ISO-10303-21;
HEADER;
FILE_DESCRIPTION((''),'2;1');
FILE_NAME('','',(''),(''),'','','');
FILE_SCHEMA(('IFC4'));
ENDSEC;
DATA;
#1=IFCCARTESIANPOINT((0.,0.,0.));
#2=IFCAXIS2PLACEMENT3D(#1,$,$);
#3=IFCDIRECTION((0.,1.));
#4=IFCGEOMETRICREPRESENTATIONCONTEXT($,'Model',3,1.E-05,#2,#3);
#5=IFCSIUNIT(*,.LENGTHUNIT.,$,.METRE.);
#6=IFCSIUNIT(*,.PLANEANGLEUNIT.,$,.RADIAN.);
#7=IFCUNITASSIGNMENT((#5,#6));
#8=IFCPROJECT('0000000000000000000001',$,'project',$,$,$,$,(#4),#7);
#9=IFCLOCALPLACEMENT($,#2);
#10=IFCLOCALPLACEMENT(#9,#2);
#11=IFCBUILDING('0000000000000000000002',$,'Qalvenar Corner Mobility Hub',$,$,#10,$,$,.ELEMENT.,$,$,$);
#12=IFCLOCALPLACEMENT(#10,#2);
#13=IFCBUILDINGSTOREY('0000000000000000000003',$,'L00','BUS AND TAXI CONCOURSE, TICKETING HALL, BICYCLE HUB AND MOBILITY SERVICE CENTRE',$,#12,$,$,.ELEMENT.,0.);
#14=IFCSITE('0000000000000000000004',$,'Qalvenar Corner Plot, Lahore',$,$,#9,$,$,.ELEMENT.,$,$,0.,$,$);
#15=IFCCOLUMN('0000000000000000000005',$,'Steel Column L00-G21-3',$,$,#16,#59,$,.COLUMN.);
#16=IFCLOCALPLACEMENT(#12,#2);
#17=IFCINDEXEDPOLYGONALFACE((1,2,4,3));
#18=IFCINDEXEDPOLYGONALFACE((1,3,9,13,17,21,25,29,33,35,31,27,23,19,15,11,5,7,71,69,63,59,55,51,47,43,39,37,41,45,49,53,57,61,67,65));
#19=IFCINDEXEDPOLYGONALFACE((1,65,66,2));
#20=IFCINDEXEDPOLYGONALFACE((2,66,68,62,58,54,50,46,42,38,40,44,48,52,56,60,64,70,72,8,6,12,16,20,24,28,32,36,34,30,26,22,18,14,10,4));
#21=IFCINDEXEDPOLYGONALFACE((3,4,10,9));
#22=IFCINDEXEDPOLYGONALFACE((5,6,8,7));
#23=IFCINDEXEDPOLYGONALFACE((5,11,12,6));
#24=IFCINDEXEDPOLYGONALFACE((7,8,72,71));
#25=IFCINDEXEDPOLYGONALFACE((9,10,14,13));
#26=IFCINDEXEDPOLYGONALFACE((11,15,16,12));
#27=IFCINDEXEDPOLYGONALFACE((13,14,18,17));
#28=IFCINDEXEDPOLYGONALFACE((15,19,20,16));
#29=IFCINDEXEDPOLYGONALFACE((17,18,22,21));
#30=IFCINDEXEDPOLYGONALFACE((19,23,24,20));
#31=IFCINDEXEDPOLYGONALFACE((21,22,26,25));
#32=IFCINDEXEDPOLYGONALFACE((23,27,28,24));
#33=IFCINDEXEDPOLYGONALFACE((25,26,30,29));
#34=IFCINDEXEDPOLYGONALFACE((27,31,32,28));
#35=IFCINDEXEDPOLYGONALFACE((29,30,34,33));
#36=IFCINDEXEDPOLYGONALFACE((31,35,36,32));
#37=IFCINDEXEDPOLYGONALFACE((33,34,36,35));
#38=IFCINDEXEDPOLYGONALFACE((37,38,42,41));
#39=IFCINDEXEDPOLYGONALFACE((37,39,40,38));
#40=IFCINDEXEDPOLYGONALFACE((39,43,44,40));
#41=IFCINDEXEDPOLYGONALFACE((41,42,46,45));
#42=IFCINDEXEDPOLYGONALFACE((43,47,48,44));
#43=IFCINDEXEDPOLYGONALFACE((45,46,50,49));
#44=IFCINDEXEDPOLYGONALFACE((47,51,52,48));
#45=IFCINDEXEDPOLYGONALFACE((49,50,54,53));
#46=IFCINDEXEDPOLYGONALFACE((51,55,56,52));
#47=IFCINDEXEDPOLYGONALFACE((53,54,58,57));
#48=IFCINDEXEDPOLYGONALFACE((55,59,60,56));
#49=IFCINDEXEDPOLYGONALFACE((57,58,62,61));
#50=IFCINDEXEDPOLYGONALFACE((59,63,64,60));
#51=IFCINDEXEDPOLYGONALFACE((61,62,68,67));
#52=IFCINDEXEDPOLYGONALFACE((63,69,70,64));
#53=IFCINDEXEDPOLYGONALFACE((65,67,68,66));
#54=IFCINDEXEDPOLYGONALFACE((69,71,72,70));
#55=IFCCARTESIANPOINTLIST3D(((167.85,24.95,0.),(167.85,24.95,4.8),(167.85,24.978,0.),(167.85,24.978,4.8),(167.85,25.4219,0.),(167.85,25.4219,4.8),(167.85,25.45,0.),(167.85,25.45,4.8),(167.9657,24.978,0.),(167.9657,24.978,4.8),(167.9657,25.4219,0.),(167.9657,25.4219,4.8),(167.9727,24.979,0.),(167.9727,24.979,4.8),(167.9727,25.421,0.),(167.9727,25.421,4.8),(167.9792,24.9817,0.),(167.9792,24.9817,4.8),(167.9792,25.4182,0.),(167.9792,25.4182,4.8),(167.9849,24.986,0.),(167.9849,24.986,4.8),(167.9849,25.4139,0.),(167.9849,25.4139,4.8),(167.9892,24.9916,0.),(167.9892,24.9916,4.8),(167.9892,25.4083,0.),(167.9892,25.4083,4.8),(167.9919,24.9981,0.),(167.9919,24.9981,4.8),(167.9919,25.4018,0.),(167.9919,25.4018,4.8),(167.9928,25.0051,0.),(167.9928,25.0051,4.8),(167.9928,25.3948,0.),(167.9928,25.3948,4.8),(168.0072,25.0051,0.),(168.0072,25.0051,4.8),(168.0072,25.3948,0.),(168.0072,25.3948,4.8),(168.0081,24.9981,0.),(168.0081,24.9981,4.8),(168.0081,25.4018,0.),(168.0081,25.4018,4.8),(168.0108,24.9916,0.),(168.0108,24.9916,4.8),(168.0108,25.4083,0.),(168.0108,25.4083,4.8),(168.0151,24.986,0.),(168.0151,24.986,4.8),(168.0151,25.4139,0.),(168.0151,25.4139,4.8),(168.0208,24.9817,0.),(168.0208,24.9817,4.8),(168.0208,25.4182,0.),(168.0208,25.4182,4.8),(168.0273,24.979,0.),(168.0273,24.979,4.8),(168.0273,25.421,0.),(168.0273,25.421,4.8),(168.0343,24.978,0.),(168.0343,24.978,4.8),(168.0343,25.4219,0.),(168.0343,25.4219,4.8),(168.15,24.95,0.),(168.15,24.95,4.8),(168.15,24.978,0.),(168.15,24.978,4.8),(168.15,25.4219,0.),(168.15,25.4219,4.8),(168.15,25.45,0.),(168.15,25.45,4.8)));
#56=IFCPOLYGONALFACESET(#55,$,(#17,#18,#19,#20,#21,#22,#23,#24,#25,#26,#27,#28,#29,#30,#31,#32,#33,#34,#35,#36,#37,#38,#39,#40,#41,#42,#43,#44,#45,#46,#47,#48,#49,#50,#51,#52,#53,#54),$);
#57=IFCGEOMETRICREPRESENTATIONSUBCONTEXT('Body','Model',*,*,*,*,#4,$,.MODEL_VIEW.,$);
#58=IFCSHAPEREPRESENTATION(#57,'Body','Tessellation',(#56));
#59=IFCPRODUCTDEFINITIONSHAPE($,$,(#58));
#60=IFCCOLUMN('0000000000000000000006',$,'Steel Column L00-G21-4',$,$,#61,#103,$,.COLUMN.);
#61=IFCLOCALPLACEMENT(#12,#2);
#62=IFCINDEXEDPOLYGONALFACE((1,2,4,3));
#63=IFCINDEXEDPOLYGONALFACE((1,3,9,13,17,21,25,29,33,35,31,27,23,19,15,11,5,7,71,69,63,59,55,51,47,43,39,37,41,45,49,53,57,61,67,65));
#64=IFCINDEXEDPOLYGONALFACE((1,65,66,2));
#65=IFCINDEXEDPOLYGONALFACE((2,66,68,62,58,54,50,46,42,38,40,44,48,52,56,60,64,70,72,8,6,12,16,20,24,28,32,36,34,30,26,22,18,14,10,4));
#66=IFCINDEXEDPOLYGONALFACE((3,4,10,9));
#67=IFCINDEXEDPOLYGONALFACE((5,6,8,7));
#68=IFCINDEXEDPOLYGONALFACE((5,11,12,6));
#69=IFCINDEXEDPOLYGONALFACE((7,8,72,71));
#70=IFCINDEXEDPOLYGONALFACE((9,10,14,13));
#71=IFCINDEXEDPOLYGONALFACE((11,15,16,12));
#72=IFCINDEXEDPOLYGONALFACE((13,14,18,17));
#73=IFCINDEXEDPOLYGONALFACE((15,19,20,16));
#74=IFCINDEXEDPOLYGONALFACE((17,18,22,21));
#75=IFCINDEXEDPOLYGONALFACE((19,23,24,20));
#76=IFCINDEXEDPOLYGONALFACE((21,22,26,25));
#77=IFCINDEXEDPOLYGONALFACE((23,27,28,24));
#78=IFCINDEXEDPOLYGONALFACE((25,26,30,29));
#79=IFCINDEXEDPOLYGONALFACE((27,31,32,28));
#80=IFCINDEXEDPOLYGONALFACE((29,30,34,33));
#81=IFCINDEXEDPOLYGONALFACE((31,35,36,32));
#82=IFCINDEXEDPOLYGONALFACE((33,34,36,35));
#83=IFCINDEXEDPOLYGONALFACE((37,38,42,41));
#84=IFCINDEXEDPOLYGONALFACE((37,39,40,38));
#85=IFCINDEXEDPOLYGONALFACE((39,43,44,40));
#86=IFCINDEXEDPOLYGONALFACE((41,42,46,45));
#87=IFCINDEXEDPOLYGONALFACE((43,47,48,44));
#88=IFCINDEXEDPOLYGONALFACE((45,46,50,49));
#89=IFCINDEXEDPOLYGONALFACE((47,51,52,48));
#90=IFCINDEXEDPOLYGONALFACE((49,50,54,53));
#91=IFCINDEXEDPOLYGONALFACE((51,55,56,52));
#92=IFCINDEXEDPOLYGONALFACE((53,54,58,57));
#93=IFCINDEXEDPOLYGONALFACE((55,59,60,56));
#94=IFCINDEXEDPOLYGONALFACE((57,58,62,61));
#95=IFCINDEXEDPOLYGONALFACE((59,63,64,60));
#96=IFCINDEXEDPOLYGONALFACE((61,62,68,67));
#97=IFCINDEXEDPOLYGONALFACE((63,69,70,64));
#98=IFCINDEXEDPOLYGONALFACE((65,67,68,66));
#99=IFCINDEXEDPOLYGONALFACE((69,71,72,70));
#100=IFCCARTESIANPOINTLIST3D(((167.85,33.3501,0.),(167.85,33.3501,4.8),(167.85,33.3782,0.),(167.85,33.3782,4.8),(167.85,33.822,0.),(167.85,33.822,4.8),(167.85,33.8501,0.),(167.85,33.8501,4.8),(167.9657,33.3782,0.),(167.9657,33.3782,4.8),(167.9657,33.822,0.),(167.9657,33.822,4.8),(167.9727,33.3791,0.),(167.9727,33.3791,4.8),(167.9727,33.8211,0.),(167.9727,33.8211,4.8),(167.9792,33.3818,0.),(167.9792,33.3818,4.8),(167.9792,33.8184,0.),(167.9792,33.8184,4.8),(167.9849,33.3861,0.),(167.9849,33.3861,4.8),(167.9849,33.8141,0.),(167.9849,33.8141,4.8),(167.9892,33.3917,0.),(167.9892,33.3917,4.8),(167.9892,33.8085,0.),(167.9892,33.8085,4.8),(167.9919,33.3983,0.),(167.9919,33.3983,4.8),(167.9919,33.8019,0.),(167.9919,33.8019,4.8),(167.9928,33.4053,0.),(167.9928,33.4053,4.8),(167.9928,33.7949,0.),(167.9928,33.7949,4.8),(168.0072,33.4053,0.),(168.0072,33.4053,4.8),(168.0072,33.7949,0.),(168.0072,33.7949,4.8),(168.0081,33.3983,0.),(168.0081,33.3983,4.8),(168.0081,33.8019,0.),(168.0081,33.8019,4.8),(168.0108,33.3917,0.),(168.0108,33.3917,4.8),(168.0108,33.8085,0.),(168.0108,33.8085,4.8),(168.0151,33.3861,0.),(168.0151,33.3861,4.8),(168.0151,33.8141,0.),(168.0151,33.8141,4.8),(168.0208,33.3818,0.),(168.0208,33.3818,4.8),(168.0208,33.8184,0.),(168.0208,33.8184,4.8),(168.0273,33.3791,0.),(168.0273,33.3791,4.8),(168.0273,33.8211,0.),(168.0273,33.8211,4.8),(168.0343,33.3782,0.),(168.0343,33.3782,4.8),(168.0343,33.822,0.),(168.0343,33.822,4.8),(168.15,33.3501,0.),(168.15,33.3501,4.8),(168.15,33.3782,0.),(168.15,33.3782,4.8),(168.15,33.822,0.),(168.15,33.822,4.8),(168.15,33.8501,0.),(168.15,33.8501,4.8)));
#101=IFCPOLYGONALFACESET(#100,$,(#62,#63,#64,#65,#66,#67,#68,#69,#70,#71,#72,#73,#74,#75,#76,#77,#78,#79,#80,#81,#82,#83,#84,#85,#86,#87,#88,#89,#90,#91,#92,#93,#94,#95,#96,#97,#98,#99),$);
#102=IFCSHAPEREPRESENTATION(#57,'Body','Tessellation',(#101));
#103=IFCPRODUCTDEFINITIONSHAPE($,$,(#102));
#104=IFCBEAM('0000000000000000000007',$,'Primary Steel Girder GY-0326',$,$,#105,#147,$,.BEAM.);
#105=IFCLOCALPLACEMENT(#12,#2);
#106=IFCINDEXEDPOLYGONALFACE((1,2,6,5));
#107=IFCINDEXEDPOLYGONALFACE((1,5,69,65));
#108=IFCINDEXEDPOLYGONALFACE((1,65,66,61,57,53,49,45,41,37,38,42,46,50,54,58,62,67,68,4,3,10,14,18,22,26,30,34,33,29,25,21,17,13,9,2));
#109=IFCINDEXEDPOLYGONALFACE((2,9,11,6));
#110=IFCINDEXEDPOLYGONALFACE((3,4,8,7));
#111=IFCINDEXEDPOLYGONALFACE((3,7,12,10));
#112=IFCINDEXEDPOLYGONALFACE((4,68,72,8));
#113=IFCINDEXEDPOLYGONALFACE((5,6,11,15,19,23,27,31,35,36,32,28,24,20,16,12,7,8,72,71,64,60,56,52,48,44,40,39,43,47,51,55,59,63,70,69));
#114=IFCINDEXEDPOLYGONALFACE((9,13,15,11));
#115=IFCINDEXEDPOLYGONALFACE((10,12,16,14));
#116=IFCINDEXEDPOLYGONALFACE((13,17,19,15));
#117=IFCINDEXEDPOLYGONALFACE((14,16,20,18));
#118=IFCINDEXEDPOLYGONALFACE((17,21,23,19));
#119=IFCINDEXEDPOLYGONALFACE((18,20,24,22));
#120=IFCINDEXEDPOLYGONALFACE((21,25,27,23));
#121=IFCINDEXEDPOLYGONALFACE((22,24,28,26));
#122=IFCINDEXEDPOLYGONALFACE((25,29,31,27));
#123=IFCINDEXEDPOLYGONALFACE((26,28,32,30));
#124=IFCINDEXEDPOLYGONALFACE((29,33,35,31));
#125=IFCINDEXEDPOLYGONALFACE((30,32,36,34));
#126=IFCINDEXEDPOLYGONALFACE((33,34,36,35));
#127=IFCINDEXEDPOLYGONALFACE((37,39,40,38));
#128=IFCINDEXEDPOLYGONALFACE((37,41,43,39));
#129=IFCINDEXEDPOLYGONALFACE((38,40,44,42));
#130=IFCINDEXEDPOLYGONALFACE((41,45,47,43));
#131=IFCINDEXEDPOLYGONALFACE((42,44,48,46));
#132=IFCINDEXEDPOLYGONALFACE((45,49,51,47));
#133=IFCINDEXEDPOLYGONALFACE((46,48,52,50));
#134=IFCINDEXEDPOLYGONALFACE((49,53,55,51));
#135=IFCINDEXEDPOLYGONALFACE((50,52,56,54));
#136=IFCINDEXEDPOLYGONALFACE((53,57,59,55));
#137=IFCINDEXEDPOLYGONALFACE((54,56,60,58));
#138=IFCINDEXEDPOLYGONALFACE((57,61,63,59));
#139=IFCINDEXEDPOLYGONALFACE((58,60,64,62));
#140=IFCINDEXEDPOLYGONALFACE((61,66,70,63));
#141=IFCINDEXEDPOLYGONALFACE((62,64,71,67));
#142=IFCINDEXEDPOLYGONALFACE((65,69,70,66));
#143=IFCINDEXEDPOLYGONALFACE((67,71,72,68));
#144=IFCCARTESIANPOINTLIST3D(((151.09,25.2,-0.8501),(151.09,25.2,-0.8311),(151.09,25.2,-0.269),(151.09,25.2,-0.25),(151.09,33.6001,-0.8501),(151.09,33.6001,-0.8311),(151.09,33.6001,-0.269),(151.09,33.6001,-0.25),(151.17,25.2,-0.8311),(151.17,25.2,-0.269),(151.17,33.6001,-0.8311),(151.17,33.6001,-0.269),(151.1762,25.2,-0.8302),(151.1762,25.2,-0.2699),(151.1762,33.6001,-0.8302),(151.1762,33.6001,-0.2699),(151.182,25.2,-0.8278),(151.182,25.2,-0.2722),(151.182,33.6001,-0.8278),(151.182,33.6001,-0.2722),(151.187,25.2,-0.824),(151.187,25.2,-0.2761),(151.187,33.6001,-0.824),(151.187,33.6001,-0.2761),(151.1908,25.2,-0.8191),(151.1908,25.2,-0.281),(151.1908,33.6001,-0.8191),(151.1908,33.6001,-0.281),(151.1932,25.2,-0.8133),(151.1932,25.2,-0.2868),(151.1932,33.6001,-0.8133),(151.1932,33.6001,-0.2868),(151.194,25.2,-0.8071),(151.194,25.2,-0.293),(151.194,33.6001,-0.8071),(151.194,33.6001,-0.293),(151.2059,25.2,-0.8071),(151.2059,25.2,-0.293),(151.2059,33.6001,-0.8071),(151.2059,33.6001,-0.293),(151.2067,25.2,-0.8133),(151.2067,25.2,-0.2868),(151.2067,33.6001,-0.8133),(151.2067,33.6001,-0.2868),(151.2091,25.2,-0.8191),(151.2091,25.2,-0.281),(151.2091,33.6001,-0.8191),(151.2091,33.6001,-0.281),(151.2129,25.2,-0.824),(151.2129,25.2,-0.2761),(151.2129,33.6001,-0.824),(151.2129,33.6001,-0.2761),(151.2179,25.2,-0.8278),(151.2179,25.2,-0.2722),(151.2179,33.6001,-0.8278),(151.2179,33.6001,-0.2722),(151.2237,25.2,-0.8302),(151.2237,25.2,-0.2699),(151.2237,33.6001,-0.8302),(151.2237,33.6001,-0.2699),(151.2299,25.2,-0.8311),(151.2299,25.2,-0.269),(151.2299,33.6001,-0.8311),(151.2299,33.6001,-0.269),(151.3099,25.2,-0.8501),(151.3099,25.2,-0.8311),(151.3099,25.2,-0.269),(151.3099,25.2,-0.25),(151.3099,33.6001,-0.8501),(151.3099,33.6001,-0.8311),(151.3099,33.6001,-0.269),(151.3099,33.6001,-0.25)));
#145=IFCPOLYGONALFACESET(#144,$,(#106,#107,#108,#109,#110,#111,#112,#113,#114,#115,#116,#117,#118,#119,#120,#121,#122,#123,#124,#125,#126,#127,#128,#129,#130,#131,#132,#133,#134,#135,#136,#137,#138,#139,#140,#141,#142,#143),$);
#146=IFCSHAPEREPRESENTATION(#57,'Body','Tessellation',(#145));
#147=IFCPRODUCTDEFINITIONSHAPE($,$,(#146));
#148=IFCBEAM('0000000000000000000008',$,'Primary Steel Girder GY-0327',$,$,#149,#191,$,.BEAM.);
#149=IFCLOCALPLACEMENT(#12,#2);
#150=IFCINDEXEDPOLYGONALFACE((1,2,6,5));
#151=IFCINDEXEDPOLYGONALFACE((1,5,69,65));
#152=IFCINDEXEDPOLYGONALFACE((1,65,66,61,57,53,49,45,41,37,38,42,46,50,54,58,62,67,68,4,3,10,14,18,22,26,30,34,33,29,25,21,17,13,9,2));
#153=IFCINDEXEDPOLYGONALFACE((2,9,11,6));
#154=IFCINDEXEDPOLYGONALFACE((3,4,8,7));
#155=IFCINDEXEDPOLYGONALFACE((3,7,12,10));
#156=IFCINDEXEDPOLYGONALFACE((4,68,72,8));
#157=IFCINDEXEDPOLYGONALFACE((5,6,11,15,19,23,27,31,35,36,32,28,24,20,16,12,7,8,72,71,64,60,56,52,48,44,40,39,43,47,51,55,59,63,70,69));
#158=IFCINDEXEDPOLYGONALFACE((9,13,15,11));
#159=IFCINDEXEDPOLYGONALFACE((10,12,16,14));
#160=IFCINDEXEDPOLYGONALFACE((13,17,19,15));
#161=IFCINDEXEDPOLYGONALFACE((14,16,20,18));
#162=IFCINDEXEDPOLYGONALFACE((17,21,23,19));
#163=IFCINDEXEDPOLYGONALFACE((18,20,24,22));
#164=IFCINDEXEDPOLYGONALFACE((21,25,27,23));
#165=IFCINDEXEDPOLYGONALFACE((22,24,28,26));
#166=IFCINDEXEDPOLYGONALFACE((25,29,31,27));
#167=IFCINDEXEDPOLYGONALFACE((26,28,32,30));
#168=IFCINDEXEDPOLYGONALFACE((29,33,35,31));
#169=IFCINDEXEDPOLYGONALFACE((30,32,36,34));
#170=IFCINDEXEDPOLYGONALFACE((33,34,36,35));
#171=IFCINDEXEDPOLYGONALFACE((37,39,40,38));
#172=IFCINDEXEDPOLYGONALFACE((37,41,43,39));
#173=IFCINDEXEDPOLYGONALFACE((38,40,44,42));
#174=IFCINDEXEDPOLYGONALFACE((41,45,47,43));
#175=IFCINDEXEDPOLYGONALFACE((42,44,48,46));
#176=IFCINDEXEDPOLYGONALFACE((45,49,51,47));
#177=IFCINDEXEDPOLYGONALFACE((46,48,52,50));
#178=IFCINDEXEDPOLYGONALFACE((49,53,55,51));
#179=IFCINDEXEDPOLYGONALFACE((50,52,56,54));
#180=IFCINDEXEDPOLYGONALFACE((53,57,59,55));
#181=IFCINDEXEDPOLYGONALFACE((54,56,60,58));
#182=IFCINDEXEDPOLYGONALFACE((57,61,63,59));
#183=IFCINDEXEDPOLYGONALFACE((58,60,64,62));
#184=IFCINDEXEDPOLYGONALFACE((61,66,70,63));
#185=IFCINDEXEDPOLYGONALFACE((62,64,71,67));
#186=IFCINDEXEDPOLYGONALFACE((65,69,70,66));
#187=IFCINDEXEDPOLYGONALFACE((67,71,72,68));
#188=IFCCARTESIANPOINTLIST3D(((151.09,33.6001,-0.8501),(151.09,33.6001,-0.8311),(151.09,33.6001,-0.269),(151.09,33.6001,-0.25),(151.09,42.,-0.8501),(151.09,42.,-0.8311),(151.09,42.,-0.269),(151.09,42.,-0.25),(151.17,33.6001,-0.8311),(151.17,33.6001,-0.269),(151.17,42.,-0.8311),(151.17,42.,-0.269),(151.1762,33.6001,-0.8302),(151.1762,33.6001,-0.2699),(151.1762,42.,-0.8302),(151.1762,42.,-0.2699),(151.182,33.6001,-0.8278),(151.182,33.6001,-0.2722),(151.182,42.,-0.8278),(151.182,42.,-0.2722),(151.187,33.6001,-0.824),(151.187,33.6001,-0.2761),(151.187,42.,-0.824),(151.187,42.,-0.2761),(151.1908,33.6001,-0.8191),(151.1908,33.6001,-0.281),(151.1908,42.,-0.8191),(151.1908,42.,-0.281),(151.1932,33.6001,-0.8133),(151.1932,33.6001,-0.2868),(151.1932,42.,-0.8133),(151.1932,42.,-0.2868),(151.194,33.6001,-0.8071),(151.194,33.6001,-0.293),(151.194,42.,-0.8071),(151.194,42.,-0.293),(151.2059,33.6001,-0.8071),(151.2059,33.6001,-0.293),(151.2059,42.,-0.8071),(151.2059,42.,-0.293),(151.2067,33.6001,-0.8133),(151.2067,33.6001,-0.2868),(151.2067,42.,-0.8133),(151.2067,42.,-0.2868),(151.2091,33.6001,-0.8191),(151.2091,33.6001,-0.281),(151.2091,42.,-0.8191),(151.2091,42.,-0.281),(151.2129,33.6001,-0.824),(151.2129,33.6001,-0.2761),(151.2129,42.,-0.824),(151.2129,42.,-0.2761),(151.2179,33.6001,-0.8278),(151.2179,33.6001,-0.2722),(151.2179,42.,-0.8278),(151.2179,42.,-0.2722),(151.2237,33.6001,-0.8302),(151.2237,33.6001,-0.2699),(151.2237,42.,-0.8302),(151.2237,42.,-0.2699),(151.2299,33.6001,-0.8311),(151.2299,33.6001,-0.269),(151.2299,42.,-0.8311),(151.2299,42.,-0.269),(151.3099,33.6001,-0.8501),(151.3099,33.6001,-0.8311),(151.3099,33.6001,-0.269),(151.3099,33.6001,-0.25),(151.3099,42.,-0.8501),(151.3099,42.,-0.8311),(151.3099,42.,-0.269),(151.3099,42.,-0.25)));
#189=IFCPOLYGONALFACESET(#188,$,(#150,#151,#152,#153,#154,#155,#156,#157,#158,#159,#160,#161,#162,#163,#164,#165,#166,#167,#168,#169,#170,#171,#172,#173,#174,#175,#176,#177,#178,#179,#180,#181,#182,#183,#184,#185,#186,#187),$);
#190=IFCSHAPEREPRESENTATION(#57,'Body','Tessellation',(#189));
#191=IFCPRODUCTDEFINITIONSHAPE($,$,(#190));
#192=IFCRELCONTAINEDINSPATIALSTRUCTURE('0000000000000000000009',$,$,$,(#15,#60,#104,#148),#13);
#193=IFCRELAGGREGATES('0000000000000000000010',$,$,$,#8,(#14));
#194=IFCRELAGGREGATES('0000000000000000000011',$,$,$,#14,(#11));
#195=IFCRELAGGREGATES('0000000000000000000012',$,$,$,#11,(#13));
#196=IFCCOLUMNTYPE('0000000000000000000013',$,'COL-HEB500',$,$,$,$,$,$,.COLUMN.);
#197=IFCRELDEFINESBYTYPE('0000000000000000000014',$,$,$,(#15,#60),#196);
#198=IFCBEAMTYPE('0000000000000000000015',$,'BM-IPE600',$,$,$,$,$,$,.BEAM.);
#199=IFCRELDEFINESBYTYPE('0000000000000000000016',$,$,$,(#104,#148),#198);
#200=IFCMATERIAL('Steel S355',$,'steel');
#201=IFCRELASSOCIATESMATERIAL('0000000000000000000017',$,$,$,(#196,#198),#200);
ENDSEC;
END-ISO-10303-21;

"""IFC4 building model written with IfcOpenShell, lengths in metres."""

from ifc_helpers import new_model, si_unit, direction, frame, origin, origin_2d, place, context, subcontext, project, spatial, i_section, extrude, material, material_profile, profile_set, type_object, element, save


model = new_model("IFC4")

# Units and contexts
model_context = context("Model", 3, precision=1e-05, world=origin(), true_north=direction((0.0, 1.0)))
body_context = subcontext(model_context, "Body", "Model", "MODEL_VIEW")
ifc_project = project(units=[si_unit("LENGTHUNIT", "METRE"), si_unit("PLANEANGLEUNIT", "RADIAN")], contexts=[model_context])

# Site, building, storey
site_placement = place(None, origin())
site = spatial("IfcSite", under=ifc_project, at=site_placement, Name="Qalvenar Corner Plot, Lahore", CompositionType="ELEMENT", RefElevation=0.0)
building_placement = place(site_placement, origin())
building = spatial("IfcBuilding", under=site, at=building_placement, Name="Qalvenar Corner Mobility Hub", CompositionType="ELEMENT")
storey_placement = place(building_placement, origin())
storey = spatial("IfcBuildingStorey", under=building, at=storey_placement, Name="L00", Description="BUS AND TAXI CONCOURSE, TICKETING HALL, BICYCLE HUB AND MOBILITY SERVICE CENTRE", CompositionType="ELEMENT", Elevation=0.0)

# Columns
ifc_material_1 = material(Name="Steel S355", Category="steel")
ifc_material_profile_1 = material_profile(ifc_material_1, i_section(OverallWidth=0.3, OverallDepth=0.5, WebThickness=0.0144, FlangeThickness=0.0281, FilletRadius=0.0271, at=origin_2d()), Name="HEB500")
ifc_profile_set_1 = profile_set([ifc_material_profile_1], Name="Steel S355")
column_type_1 = type_object("IfcColumnType", Name="COL-HEB500", PredefinedType="COLUMN", material=ifc_profile_set_1)
for number, where, z_axis, x_axis, name in (
    (1, (168.0, 25.2, 0.0), (0.0, 0.0, 1.0), (1.0, 0.0, 0.0), "Steel Column L00-G21-3"),
    (2, (168.0, 33.6001, 0.0), (0.0, 0.0, 1.0), (1.0, 0.0, 0.0), "Steel Column L00-G21-4"),
):
    element("IfcColumn", number, at=place(storey_placement, frame(where, z_axis=z_axis, x_axis=x_axis)), inside=storey, type_object=column_type_1, Name=name, PredefinedType="COLUMN", context=body_context, shape_type="SweptSolid", body=[
        extrude(i_section(OverallWidth=0.3, OverallDepth=0.5, WebThickness=0.0144, FlangeThickness=0.0281, FilletRadius=0.0271, at=origin_2d()), origin(), (0.0, 0.0, 1.0), 4.8),
    ])

# Beams
ifc_material_profile_2 = material_profile(ifc_material_1, i_section(OverallWidth=0.22, OverallDepth=0.6001, WebThickness=0.012, FlangeThickness=0.019, FilletRadius=0.0239, at=origin_2d()), Name="IPE600")
ifc_profile_set_2 = profile_set([ifc_material_profile_2], Name="Steel S355")
beam_type_1 = type_object("IfcBeamType", Name="BM-IPE600", PredefinedType="BEAM", material=ifc_profile_set_2)
beam_1_placement = place(storey_placement, frame((151.2, 25.2, -0.55), z_axis=(0.0, 1.0, 0.0), x_axis=(-1.0, 0.0, 0.0)))
element("IfcBeam", 3, at=beam_1_placement, inside=storey, type_object=beam_type_1, Name="Primary Steel Girder GY-0326", PredefinedType="BEAM", context=body_context, shape_type="SweptSolid", body=[
    extrude(i_section(OverallWidth=0.22, OverallDepth=0.6001, WebThickness=0.012, FlangeThickness=0.019, FilletRadius=0.0239, at=origin_2d()), origin(), (0.0, 0.0, 1.0), 8.4001),
])
beam_2_placement = place(storey_placement, frame((151.2, 33.6001, -0.55), z_axis=(0.0, 1.0, 0.0), x_axis=(-1.0, 0.0, 0.0)))
element("IfcBeam", 4, at=beam_2_placement, inside=storey, type_object=beam_type_1, Name="Primary Steel Girder GY-0327", PredefinedType="BEAM", context=body_context, shape_type="SweptSolid", body=[
    extrude(i_section(OverallWidth=0.22, OverallDepth=0.6001, WebThickness=0.012, FlangeThickness=0.019, FilletRadius=0.0239, at=origin_2d()), origin(), (0.0, 0.0, 1.0), 8.3999),
])

save(model, "model.ifc")
